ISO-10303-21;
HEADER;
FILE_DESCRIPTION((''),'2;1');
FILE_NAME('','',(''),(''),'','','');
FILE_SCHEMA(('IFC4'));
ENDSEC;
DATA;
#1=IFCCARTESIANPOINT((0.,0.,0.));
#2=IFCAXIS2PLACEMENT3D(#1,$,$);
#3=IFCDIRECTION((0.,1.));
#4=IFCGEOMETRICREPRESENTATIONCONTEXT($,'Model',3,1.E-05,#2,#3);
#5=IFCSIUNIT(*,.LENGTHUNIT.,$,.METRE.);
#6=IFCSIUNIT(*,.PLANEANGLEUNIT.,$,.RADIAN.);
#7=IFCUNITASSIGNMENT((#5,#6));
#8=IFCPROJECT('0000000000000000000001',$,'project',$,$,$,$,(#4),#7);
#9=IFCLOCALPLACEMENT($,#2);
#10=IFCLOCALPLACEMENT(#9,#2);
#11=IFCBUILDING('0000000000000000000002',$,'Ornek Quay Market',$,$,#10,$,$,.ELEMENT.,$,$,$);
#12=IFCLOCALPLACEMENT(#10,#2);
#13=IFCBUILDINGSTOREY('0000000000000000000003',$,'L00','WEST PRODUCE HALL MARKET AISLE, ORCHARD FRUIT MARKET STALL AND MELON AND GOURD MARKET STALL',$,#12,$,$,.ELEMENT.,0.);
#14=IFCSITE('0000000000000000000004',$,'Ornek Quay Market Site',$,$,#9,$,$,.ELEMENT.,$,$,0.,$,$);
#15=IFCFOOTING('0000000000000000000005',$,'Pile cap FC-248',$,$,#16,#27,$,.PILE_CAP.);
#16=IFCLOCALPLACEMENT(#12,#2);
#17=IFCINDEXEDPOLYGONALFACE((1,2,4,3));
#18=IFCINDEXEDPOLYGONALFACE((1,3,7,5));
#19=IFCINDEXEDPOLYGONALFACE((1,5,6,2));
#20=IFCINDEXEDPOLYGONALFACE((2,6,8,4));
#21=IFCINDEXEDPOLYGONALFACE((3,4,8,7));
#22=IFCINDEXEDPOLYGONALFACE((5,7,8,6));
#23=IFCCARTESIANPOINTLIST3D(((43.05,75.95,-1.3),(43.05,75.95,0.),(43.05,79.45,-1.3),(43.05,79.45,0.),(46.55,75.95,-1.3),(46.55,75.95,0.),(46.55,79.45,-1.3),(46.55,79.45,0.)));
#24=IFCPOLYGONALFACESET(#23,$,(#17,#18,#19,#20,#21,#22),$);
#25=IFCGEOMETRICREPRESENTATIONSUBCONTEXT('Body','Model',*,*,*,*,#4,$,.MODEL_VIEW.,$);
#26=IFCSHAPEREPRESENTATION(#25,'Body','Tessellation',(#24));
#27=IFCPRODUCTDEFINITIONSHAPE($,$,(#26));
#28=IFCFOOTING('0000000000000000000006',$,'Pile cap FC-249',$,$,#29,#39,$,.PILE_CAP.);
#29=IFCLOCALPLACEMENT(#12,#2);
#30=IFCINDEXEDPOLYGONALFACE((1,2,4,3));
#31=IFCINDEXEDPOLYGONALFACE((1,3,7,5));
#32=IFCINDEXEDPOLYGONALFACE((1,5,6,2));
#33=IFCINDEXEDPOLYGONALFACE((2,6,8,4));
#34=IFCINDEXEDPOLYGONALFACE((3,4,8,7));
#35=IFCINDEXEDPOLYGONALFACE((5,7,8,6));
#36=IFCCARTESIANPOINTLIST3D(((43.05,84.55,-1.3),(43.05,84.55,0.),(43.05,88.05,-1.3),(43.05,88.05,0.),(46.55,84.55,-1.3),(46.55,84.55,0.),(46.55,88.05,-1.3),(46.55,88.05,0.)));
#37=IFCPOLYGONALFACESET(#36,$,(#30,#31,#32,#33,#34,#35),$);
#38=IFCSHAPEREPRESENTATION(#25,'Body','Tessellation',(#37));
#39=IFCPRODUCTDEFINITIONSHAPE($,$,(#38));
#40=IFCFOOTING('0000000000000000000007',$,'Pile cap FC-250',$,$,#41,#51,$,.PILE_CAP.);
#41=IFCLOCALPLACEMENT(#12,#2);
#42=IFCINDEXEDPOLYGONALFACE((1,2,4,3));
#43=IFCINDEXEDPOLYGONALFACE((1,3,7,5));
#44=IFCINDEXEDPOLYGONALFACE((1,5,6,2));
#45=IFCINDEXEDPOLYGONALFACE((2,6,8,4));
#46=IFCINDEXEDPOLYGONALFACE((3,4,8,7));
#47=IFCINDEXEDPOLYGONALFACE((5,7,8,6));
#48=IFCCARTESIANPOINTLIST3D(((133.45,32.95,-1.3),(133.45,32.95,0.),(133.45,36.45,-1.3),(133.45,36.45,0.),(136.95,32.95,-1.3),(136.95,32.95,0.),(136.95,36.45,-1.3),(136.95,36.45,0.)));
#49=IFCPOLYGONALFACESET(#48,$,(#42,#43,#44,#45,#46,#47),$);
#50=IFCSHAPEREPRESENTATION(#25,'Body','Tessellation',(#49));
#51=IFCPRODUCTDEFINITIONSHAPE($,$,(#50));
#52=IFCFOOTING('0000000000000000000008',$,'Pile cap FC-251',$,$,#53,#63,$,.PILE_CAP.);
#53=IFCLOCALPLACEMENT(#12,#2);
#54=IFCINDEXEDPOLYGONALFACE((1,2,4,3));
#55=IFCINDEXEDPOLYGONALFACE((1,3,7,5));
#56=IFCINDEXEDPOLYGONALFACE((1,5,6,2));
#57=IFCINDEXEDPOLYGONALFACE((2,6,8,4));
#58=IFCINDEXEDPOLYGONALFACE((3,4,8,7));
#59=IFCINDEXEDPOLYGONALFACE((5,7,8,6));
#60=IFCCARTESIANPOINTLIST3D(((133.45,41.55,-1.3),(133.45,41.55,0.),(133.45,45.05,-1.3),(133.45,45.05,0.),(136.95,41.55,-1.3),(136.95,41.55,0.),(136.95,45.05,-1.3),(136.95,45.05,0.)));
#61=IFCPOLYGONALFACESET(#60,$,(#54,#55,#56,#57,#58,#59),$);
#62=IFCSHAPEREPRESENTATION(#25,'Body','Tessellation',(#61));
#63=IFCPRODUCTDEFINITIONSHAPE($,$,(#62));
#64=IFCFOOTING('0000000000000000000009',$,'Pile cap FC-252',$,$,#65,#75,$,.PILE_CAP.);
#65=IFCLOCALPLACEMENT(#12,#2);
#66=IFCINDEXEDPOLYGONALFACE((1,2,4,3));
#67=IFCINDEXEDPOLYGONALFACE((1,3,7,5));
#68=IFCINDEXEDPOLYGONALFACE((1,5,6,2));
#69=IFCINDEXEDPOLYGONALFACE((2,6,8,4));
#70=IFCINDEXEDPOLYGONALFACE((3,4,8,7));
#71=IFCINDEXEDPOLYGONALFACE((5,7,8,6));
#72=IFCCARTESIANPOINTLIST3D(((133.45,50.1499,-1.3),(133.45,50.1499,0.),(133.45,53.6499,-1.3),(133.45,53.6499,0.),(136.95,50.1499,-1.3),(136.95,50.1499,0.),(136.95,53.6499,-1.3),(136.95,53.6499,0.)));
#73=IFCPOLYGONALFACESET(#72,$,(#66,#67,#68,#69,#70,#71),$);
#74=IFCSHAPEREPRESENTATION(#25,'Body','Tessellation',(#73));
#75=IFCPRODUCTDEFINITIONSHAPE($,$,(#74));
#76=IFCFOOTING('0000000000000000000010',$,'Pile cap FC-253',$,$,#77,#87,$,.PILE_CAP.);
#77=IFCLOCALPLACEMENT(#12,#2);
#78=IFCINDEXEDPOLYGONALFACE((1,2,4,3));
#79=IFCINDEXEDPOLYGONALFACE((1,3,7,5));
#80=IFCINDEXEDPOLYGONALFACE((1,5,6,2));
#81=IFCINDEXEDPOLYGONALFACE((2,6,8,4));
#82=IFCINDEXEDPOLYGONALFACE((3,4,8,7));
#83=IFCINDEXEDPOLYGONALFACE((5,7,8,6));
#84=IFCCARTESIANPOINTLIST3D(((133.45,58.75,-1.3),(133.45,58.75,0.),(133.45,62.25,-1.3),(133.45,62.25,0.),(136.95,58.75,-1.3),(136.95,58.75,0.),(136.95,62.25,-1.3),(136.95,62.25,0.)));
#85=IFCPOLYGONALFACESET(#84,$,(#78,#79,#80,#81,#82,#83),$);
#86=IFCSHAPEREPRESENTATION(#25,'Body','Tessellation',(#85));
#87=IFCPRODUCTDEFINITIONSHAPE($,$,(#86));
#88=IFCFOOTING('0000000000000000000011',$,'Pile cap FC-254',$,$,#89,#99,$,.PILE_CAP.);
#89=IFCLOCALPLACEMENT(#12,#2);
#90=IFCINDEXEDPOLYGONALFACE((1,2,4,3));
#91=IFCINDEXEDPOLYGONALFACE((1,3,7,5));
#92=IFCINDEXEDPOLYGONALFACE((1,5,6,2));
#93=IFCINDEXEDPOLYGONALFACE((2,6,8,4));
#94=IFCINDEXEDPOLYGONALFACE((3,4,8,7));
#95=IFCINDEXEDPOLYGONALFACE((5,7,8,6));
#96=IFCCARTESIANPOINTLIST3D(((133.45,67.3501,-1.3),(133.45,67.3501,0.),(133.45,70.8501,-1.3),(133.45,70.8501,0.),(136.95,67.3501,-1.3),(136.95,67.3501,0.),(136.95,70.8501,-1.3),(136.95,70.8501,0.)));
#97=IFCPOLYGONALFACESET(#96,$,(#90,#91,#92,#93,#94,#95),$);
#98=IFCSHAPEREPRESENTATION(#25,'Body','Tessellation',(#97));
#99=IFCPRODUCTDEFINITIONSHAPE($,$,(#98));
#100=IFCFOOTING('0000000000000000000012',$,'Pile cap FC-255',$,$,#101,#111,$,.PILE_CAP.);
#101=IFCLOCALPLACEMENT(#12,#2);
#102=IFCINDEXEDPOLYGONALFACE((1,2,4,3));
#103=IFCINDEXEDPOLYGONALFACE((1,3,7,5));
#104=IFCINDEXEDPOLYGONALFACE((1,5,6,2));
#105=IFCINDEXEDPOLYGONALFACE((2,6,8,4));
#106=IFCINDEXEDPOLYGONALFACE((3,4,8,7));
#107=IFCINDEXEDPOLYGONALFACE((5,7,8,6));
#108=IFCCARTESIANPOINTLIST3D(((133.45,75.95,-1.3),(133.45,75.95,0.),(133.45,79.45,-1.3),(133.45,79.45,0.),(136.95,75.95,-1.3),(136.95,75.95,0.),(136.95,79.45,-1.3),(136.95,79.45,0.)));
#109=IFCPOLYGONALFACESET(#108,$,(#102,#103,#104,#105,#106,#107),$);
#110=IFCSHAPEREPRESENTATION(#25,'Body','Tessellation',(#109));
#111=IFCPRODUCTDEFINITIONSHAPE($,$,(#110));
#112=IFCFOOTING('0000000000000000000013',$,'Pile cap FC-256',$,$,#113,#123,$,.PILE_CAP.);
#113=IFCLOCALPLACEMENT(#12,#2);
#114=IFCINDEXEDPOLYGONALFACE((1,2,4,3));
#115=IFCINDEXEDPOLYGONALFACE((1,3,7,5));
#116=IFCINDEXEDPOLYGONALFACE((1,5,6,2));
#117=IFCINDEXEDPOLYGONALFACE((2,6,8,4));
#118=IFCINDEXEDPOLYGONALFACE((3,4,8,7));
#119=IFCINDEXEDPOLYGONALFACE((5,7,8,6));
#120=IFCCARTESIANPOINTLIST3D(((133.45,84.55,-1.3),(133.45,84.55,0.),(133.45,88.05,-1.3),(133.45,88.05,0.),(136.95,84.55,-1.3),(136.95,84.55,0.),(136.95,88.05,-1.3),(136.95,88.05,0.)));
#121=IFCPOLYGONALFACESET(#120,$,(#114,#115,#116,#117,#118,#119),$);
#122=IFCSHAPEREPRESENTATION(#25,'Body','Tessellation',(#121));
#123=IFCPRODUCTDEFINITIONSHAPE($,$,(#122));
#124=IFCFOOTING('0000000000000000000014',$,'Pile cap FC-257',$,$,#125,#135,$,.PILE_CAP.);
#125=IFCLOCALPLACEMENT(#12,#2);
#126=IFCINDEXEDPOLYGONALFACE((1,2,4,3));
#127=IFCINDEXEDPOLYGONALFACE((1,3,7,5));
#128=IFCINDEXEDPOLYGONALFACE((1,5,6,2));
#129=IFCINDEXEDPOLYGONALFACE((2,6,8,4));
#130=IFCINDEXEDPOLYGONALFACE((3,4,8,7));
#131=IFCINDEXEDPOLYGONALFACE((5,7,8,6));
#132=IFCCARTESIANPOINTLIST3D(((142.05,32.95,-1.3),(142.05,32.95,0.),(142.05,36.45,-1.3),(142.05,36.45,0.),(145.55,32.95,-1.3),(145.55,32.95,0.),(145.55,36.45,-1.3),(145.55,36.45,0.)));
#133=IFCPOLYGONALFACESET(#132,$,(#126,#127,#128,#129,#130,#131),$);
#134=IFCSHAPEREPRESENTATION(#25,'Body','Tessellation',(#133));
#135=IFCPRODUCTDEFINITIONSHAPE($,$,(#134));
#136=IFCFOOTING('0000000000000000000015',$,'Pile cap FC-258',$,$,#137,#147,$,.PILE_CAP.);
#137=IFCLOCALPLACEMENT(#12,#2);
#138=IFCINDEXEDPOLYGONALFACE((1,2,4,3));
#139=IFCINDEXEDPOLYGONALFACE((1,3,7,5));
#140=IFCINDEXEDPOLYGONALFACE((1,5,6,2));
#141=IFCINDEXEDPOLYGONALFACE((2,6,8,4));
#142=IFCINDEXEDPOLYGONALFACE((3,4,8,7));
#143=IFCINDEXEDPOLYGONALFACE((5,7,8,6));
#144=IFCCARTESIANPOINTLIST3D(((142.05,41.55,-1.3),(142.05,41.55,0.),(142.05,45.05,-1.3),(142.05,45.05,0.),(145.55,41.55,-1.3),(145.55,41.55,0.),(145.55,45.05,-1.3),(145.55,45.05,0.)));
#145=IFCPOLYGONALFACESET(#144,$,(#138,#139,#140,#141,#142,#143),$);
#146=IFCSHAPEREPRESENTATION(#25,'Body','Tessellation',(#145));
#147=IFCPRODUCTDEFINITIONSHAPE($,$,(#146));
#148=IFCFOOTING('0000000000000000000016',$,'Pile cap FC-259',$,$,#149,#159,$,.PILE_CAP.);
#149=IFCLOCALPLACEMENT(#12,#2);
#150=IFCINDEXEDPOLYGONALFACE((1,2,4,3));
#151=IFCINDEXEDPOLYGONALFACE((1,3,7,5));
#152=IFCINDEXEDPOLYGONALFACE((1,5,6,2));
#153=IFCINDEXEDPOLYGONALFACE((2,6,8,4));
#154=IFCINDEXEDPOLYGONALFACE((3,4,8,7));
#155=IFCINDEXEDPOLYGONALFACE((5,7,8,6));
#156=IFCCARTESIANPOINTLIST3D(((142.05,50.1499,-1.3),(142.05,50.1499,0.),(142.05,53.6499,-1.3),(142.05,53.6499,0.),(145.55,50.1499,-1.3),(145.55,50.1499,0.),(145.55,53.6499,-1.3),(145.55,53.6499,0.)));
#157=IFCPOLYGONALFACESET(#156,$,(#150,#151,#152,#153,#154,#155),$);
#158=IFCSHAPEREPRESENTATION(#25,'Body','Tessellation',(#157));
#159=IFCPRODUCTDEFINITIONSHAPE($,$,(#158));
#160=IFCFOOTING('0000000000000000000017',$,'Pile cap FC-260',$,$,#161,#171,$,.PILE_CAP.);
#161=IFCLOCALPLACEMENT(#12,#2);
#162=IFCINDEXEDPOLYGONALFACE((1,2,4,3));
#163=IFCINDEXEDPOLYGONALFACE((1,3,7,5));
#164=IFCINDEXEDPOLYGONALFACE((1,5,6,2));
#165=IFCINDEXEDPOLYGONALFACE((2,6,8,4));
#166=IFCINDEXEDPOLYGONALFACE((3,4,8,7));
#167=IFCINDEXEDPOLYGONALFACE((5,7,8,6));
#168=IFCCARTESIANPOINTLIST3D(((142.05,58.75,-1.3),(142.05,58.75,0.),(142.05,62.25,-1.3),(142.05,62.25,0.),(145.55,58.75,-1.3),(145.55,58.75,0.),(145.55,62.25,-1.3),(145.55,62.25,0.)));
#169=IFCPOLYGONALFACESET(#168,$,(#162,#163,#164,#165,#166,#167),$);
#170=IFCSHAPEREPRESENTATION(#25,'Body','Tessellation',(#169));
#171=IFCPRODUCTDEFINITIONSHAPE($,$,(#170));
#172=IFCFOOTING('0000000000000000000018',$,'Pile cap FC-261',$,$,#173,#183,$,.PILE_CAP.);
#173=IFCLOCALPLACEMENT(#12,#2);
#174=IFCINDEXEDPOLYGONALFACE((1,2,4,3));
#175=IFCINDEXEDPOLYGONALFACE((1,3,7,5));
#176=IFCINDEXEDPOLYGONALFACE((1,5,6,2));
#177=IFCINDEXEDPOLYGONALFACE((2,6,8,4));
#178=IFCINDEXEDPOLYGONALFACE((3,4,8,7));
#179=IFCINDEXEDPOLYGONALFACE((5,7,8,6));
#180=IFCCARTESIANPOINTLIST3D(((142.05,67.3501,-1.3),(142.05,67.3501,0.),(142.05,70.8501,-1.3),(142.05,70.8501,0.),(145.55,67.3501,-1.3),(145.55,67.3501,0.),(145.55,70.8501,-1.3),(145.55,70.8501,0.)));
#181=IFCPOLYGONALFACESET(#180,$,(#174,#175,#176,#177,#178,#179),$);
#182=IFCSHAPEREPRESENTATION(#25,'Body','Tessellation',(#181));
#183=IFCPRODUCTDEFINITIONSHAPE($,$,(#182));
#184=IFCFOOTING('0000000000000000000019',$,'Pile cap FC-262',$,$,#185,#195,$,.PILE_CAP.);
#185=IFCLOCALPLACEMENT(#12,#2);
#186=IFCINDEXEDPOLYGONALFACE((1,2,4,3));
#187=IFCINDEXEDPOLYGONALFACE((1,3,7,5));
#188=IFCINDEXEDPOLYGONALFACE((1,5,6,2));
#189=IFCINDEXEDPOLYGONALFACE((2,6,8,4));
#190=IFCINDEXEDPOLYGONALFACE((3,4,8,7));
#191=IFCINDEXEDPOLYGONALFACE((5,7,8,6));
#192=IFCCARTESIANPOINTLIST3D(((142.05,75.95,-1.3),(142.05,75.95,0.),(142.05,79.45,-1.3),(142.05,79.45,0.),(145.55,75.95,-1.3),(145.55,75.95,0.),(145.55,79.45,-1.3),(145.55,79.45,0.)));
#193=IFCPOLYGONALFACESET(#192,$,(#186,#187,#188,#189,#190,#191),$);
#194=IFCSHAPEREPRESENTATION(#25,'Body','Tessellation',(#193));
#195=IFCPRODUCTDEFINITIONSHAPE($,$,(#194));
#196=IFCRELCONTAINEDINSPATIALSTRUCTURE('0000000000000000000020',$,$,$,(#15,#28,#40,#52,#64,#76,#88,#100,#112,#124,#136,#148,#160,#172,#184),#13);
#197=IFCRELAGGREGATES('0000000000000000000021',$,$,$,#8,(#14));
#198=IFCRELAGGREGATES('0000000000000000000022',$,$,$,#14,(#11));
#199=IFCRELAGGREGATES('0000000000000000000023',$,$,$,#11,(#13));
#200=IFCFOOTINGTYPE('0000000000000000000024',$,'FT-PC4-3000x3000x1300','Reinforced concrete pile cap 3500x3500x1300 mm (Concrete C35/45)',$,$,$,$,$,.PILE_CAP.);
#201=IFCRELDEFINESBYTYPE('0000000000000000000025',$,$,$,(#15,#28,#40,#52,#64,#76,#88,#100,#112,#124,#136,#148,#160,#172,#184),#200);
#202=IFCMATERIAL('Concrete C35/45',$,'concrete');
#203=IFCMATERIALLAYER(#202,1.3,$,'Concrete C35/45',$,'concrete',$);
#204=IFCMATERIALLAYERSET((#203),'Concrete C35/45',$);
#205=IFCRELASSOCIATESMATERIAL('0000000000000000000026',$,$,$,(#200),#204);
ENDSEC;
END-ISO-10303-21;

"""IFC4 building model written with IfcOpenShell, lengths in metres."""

from ifc_helpers import new_model, si_unit, direction, frame, origin, place, context, subcontext, project, spatial, polyline, outline, extrude, material, layer, layer_set, type_object, element, save


model = new_model("IFC4")

# Units and contexts
model_context = context("Model", 3, precision=1e-05, world=origin(), true_north=direction((0.0, 1.0)))
body_context = subcontext(model_context, "Body", "Model", "MODEL_VIEW")
ifc_project = project(units=[si_unit("LENGTHUNIT", "METRE"), si_unit("PLANEANGLEUNIT", "RADIAN")], contexts=[model_context])

# Site, building, storey
site_placement = place(None, origin())
site = spatial("IfcSite", under=ifc_project, at=site_placement, Name="Ornek Quay Market Site", CompositionType="ELEMENT", RefElevation=0.0)
building_placement = place(site_placement, origin())
building = spatial("IfcBuilding", under=site, at=building_placement, Name="Ornek Quay Market", CompositionType="ELEMENT")
storey_placement = place(building_placement, origin())
storey = spatial("IfcBuildingStorey", under=building, at=storey_placement, Name="L00", Description="WEST PRODUCE HALL MARKET AISLE, ORCHARD FRUIT MARKET STALL AND MELON AND GOURD MARKET STALL", CompositionType="ELEMENT", Elevation=0.0)

# Footings
ifc_material = material(Name="Concrete C35/45", Category="concrete")
ifc_layer_1 = layer(ifc_material, 1.3, Name="Concrete C35/45", Category="concrete")
ifc_layer_set_1 = layer_set([ifc_layer_1], Name="Concrete C35/45")
footing_type_1 = type_object("IfcFootingType", Name="FT-PC4-3000x3000x1300", Description="Reinforced concrete pile cap 3500x3500x1300 mm (Concrete C35/45)", PredefinedType="PILE_CAP", material=ifc_layer_set_1)
footing_1_placement = place(storey_placement, frame((0.0, 0.0, -1.3)))
element("IfcFooting", 1, at=footing_1_placement, inside=storey, type_object=footing_type_1, Name="Pile cap FC-248", PredefinedType="PILE_CAP", context=body_context, shape_type="SweptSolid", body=[
    extrude(outline(polyline([(43.05, 75.95), (46.55, 75.95), (46.55, 79.45), (43.05, 79.45), (43.05, 75.95)])), origin(), (0.0, 0.0, 1.0), 1.3),
])
footing_2_placement = place(storey_placement, frame((0.0, 0.0, -1.3)))
element("IfcFooting", 2, at=footing_2_placement, inside=storey, type_object=footing_type_1, Name="Pile cap FC-249", PredefinedType="PILE_CAP", context=body_context, shape_type="SweptSolid", body=[
    extrude(outline(polyline([(43.05, 84.55), (46.55, 84.55), (46.55, 88.05), (43.05, 88.05), (43.05, 84.55)])), origin(), (0.0, 0.0, 1.0), 1.3),
])
footing_3_placement = place(storey_placement, frame((0.0, 0.0, -1.3)))
element("IfcFooting", 3, at=footing_3_placement, inside=storey, type_object=footing_type_1, Name="Pile cap FC-250", PredefinedType="PILE_CAP", context=body_context, shape_type="SweptSolid", body=[
    extrude(outline(polyline([(133.45, 32.95), (136.95, 32.95), (136.95, 36.45), (133.45, 36.45), (133.45, 32.95)])), origin(), (0.0, 0.0, 1.0), 1.3),
])
footing_4_placement = place(storey_placement, frame((0.0, 0.0, -1.3)))
element("IfcFooting", 4, at=footing_4_placement, inside=storey, type_object=footing_type_1, Name="Pile cap FC-251", PredefinedType="PILE_CAP", context=body_context, shape_type="SweptSolid", body=[
    extrude(outline(polyline([(133.45, 41.55), (136.95, 41.55), (136.95, 45.05), (133.45, 45.05), (133.45, 41.55)])), origin(), (0.0, 0.0, 1.0), 1.3),
])
footing_5_placement = place(storey_placement, frame((0.0, 0.0, -1.3)))
element("IfcFooting", 5, at=footing_5_placement, inside=storey, type_object=footing_type_1, Name="Pile cap FC-252", PredefinedType="PILE_CAP", context=body_context, shape_type="SweptSolid", body=[
    extrude(outline(polyline([(133.45, 50.1499), (136.95, 50.1499), (136.95, 53.6499), (133.45, 53.6499), (133.45, 50.1499)])), origin(), (0.0, 0.0, 1.0), 1.3),
])
footing_6_placement = place(storey_placement, frame((0.0, 0.0, -1.3)))
element("IfcFooting", 6, at=footing_6_placement, inside=storey, type_object=footing_type_1, Name="Pile cap FC-253", PredefinedType="PILE_CAP", context=body_context, shape_type="SweptSolid", body=[
    extrude(outline(polyline([(133.45, 58.75), (136.95, 58.75), (136.95, 62.25), (133.45, 62.25), (133.45, 58.75)])), origin(), (0.0, 0.0, 1.0), 1.3),
])
footing_7_placement = place(storey_placement, frame((0.0, 0.0, -1.3)))
element("IfcFooting", 7, at=footing_7_placement, inside=storey, type_object=footing_type_1, Name="Pile cap FC-254", PredefinedType="PILE_CAP", context=body_context, shape_type="SweptSolid", body=[
    extrude(outline(polyline([(133.45, 67.3501), (136.95, 67.3501), (136.95, 70.8501), (133.45, 70.8501), (133.45, 67.3501)])), origin(), (0.0, 0.0, 1.0), 1.3),
])
footing_8_placement = place(storey_placement, frame((0.0, 0.0, -1.3)))
element("IfcFooting", 8, at=footing_8_placement, inside=storey, type_object=footing_type_1, Name="Pile cap FC-255", PredefinedType="PILE_CAP", context=body_context, shape_type="SweptSolid", body=[
    extrude(outline(polyline([(133.45, 75.95), (136.95, 75.95), (136.95, 79.45), (133.45, 79.45), (133.45, 75.95)])), origin(), (0.0, 0.0, 1.0), 1.3),
])
footing_9_placement = place(storey_placement, frame((0.0, 0.0, -1.3)))
element("IfcFooting", 9, at=footing_9_placement, inside=storey, type_object=footing_type_1, Name="Pile cap FC-256", PredefinedType="PILE_CAP", context=body_context, shape_type="SweptSolid", body=[
    extrude(outline(polyline([(133.45, 84.55), (136.95, 84.55), (136.95, 88.05), (133.45, 88.05), (133.45, 84.55)])), origin(), (0.0, 0.0, 1.0), 1.3),
])
footing_10_placement = place(storey_placement, frame((0.0, 0.0, -1.3)))
element("IfcFooting", 10, at=footing_10_placement, inside=storey, type_object=footing_type_1, Name="Pile cap FC-257", PredefinedType="PILE_CAP", context=body_context, shape_type="SweptSolid", body=[
    extrude(outline(polyline([(142.05, 32.95), (145.55, 32.95), (145.55, 36.45), (142.05, 36.45), (142.05, 32.95)])), origin(), (0.0, 0.0, 1.0), 1.3),
])
footing_11_placement = place(storey_placement, frame((0.0, 0.0, -1.3)))
element("IfcFooting", 11, at=footing_11_placement, inside=storey, type_object=footing_type_1, Name="Pile cap FC-258", PredefinedType="PILE_CAP", context=body_context, shape_type="SweptSolid", body=[
    extrude(outline(polyline([(142.05, 41.55), (145.55, 41.55), (145.55, 45.05), (142.05, 45.05), (142.05, 41.55)])), origin(), (0.0, 0.0, 1.0), 1.3),
])
footing_12_placement = place(storey_placement, frame((0.0, 0.0, -1.3)))
element("IfcFooting", 12, at=footing_12_placement, inside=storey, type_object=footing_type_1, Name="Pile cap FC-259", PredefinedType="PILE_CAP", context=body_context, shape_type="SweptSolid", body=[
    extrude(outline(polyline([(142.05, 50.1499), (145.55, 50.1499), (145.55, 53.6499), (142.05, 53.6499), (142.05, 50.1499)])), origin(), (0.0, 0.0, 1.0), 1.3),
])
footing_13_placement = place(storey_placement, frame((0.0, 0.0, -1.3)))
element("IfcFooting", 13, at=footing_13_placement, inside=storey, type_object=footing_type_1, Name="Pile cap FC-260", PredefinedType="PILE_CAP", context=body_context, shape_type="SweptSolid", body=[
    extrude(outline(polyline([(142.05, 58.75), (145.55, 58.75), (145.55, 62.25), (142.05, 62.25), (142.05, 58.75)])), origin(), (0.0, 0.0, 1.0), 1.3),
])
footing_14_placement = place(storey_placement, frame((0.0, 0.0, -1.3)))
element("IfcFooting", 14, at=footing_14_placement, inside=storey, type_object=footing_type_1, Name="Pile cap FC-261", PredefinedType="PILE_CAP", context=body_context, shape_type="SweptSolid", body=[
    extrude(outline(polyline([(142.05, 67.3501), (145.55, 67.3501), (145.55, 70.8501), (142.05, 70.8501), (142.05, 67.3501)])), origin(), (0.0, 0.0, 1.0), 1.3),
])
footing_15_placement = place(storey_placement, frame((0.0, 0.0, -1.3)))
element("IfcFooting", 15, at=footing_15_placement, inside=storey, type_object=footing_type_1, Name="Pile cap FC-262", PredefinedType="PILE_CAP", context=body_context, shape_type="SweptSolid", body=[
    extrude(outline(polyline([(142.05, 75.95), (145.55, 75.95), (145.55, 79.45), (142.05, 79.45), (142.05, 75.95)])), origin(), (0.0, 0.0, 1.0), 1.3),
])

save(model, "model.ifc")
